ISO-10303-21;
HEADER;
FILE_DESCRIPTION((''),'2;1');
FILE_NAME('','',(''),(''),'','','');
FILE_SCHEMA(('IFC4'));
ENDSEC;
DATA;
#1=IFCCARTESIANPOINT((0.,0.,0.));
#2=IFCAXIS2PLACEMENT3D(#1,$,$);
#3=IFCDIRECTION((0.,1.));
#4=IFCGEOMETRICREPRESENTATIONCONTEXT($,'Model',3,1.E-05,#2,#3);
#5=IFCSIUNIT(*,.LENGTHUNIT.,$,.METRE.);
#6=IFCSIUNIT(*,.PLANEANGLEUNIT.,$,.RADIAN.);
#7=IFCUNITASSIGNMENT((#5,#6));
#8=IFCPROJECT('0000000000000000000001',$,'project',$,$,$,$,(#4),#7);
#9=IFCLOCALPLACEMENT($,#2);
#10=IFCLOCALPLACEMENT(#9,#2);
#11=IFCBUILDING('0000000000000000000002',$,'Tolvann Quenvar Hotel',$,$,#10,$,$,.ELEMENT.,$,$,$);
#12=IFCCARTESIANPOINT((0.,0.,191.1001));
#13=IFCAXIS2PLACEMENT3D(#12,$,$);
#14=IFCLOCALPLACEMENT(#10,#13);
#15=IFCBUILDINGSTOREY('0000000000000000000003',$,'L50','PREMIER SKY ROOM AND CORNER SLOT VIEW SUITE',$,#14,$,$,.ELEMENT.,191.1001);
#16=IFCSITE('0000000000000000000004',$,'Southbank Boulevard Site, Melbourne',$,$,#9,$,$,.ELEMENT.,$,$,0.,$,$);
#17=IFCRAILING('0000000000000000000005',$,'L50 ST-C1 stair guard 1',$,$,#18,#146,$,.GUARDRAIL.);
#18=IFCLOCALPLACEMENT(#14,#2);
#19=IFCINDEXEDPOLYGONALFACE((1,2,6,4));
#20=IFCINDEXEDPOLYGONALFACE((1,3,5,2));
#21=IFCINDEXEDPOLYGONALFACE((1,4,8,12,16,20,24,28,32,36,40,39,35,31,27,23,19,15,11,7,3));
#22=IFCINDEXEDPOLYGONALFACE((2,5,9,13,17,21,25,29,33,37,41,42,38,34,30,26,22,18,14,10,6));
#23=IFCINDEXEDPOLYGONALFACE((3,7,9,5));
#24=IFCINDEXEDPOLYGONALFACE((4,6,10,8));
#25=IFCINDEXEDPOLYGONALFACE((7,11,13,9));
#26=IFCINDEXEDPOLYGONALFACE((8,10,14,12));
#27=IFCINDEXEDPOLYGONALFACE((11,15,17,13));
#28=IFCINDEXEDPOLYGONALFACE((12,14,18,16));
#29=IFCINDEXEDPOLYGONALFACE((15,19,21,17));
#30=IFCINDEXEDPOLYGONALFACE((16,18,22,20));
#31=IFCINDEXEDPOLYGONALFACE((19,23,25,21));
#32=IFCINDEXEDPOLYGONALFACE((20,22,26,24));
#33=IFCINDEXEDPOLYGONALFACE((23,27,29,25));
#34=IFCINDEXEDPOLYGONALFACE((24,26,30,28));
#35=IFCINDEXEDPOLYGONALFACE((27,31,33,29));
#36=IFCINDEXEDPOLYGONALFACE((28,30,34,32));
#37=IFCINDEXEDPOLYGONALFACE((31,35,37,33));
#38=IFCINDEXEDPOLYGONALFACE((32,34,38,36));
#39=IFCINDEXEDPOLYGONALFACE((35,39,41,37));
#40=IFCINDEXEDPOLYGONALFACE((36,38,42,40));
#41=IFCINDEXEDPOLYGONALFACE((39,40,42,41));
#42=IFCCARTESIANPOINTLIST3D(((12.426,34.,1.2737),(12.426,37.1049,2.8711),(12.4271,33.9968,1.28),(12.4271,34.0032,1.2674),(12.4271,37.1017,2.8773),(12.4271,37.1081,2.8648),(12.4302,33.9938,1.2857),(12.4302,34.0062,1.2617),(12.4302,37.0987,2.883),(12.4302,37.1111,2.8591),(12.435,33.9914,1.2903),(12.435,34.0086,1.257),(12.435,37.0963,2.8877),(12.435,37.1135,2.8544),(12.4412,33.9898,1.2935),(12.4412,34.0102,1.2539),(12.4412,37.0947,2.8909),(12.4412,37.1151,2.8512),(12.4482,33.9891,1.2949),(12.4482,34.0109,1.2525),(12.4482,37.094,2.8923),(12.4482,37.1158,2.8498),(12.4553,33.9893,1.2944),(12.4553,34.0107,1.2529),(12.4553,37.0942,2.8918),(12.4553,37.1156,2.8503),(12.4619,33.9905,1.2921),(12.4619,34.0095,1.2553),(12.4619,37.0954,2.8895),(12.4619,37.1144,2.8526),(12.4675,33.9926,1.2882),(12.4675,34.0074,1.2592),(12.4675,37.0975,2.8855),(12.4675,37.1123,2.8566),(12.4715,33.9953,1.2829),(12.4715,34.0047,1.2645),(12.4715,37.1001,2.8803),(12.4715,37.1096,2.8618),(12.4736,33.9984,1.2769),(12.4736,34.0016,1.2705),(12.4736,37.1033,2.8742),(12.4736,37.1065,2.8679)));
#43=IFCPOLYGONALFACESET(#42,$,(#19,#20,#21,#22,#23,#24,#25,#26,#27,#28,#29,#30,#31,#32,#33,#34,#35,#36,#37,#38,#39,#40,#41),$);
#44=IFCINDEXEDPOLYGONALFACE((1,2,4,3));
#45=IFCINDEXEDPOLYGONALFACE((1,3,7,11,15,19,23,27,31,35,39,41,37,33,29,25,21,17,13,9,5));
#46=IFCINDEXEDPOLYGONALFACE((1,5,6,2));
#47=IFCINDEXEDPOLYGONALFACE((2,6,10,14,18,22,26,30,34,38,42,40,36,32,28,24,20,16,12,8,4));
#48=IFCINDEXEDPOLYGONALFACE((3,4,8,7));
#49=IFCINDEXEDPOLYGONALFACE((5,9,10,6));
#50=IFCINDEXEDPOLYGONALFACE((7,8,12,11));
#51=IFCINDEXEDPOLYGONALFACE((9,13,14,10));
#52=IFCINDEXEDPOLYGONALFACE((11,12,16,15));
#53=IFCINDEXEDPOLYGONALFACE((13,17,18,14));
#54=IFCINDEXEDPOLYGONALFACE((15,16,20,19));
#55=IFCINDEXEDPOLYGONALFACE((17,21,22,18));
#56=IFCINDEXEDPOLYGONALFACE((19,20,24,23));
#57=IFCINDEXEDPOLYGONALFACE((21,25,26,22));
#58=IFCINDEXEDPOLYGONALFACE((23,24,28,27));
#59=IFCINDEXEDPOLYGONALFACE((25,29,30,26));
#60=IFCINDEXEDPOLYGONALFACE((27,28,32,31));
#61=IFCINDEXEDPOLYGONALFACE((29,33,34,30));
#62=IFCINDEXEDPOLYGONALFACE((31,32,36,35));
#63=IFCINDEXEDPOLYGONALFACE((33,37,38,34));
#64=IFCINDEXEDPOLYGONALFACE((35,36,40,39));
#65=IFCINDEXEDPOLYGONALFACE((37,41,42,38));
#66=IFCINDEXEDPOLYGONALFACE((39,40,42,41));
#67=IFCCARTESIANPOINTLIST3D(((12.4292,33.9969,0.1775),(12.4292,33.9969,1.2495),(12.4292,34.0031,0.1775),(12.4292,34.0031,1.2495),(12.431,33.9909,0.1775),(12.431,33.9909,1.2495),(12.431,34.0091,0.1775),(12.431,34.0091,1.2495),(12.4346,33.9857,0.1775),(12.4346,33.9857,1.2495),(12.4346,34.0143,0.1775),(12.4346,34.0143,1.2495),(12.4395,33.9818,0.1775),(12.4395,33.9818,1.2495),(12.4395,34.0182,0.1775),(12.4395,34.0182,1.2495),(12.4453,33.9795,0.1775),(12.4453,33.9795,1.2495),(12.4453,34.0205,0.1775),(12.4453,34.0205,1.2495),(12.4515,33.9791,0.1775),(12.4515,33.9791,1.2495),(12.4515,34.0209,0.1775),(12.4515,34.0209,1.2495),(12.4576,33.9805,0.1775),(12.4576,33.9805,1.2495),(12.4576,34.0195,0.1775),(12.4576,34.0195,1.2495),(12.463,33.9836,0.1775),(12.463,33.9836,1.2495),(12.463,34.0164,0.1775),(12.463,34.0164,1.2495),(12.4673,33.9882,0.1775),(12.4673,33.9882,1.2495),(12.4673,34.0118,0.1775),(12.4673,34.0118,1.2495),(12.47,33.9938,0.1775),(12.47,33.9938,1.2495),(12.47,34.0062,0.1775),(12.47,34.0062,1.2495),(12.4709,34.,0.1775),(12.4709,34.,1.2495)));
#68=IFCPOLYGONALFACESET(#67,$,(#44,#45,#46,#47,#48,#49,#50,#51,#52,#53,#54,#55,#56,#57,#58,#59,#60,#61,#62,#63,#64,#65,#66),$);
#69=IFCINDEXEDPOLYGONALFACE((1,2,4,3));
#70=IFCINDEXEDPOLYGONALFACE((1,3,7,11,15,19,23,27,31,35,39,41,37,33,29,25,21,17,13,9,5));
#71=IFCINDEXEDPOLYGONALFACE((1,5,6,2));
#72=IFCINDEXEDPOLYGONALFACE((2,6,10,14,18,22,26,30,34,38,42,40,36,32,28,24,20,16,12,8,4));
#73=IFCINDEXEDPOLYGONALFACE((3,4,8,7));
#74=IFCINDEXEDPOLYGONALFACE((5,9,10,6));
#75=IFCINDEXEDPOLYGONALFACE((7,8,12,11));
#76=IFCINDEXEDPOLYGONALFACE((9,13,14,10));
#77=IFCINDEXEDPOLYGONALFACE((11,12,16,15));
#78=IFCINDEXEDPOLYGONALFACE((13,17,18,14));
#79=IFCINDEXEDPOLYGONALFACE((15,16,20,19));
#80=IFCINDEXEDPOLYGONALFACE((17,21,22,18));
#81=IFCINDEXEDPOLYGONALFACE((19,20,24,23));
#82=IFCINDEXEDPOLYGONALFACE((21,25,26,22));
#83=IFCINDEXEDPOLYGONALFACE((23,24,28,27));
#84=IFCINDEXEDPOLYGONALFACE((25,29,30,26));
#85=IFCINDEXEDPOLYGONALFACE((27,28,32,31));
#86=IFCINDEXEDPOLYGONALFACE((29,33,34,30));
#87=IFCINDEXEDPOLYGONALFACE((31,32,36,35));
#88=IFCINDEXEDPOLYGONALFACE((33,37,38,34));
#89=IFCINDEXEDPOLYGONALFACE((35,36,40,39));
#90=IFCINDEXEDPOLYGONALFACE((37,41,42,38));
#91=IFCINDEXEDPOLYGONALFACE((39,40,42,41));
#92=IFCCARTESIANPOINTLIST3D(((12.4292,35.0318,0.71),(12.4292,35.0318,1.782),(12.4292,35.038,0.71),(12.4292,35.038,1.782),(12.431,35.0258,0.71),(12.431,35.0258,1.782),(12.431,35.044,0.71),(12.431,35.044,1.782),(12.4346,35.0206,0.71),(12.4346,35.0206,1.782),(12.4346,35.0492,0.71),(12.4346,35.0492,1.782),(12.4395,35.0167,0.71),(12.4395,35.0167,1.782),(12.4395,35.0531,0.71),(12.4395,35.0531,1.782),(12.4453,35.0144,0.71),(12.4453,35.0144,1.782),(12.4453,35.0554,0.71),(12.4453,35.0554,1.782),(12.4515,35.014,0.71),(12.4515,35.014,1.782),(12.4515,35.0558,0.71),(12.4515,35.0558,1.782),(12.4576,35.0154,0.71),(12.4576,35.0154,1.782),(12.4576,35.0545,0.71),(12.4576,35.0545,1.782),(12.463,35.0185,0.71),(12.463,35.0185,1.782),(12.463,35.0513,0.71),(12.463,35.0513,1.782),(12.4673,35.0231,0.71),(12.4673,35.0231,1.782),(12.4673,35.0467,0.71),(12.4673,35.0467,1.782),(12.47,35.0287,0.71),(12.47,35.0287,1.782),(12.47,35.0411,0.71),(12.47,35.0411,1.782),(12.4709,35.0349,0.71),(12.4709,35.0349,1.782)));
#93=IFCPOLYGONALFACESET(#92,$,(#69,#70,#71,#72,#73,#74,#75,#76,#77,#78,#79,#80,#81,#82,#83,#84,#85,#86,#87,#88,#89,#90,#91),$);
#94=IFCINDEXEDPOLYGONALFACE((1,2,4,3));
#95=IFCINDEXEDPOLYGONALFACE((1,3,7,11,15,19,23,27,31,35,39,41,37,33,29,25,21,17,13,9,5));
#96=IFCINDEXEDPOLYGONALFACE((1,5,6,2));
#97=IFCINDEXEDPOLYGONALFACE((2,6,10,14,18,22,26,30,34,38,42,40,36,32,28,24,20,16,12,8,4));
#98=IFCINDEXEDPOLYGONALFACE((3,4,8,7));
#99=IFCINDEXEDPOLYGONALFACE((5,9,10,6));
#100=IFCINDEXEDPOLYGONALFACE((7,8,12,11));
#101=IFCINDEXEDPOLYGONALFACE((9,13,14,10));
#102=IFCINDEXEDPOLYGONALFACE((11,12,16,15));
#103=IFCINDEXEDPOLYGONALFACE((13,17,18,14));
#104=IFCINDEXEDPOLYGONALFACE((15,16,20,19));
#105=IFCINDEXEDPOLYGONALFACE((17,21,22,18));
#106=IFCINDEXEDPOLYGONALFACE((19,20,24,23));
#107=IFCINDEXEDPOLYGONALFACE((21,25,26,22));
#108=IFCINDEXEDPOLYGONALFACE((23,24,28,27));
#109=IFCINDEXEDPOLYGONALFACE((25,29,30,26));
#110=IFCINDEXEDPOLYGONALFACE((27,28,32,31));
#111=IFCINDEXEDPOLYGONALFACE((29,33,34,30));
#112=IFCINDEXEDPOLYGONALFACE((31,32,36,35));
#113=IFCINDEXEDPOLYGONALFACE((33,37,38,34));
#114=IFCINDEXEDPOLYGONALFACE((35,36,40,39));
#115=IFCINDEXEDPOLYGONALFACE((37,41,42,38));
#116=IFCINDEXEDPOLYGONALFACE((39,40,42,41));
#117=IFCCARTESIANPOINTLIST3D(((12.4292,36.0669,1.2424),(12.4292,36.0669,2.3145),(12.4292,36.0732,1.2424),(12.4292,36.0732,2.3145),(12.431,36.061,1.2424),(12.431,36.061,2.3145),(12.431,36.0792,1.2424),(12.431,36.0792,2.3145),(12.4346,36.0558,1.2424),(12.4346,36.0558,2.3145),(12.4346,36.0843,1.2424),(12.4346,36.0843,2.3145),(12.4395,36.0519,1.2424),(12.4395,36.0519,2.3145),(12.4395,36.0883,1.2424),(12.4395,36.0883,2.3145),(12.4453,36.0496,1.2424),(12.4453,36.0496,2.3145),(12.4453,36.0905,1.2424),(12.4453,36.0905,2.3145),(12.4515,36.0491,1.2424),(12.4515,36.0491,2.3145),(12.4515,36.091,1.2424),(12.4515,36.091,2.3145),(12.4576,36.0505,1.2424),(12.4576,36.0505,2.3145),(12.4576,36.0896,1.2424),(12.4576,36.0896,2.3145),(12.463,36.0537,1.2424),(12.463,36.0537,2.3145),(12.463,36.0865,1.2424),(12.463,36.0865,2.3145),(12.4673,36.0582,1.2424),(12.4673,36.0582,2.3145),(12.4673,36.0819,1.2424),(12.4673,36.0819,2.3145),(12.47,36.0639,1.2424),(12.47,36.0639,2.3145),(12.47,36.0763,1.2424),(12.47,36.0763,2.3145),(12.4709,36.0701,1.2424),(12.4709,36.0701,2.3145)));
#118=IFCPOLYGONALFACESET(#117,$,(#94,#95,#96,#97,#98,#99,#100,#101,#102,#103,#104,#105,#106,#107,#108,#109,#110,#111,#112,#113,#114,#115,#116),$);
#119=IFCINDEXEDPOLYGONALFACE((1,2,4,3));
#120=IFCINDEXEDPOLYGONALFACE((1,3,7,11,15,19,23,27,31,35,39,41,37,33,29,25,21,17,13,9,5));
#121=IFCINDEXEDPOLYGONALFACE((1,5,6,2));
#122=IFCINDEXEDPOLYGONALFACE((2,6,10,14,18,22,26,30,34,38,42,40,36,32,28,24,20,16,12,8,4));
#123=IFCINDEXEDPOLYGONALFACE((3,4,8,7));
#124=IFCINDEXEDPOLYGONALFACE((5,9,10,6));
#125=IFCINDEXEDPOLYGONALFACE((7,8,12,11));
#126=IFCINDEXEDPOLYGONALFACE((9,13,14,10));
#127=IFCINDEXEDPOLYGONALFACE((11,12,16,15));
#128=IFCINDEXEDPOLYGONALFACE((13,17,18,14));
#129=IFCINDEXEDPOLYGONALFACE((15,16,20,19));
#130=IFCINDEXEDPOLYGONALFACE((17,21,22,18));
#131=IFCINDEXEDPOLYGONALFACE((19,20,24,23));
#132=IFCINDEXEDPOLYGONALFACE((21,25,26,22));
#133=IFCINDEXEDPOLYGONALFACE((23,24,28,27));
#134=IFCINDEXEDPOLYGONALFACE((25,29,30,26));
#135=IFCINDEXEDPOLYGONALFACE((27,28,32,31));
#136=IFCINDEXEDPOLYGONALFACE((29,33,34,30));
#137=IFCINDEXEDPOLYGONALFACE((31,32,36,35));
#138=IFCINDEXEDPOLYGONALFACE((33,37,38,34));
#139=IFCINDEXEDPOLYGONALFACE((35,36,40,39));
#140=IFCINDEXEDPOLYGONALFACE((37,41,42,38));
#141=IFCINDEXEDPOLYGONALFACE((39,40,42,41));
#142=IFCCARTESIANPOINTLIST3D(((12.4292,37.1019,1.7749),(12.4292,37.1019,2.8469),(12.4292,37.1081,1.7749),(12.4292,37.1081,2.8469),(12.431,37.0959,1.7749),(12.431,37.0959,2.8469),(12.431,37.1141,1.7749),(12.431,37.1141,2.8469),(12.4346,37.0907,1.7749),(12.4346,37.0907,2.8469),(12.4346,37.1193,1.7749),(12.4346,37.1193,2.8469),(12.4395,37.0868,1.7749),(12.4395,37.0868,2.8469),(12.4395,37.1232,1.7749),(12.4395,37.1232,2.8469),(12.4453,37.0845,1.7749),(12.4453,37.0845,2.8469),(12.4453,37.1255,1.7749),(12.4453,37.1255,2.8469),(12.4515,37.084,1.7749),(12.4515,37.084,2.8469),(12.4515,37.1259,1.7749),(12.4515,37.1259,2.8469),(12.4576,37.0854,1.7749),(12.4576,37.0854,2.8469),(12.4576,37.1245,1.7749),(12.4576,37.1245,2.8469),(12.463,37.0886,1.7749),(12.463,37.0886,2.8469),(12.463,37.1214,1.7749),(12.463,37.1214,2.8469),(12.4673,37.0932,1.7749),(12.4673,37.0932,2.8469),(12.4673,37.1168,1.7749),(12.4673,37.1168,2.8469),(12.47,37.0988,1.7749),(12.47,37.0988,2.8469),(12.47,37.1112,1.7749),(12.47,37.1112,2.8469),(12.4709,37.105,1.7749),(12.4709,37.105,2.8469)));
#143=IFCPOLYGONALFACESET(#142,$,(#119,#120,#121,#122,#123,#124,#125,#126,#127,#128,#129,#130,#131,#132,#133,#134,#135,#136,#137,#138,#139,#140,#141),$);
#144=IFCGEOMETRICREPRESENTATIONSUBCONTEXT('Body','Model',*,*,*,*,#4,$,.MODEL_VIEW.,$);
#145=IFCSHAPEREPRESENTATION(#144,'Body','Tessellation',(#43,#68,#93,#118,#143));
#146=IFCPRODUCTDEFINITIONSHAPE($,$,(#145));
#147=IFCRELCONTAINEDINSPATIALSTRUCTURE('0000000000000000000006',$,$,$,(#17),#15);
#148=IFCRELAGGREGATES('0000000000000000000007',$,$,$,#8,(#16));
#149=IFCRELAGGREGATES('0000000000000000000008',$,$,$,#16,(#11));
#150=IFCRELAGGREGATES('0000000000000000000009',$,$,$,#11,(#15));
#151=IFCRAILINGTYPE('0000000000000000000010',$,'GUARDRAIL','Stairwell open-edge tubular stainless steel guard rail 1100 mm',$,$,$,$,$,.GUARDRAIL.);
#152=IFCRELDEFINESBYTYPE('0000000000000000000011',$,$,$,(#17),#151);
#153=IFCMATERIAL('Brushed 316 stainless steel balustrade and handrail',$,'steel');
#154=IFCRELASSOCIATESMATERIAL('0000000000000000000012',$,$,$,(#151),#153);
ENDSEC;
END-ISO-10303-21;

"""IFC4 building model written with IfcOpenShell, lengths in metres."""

from ifc_helpers import new_model, si_unit, direction, frame, origin, origin_2d, place, context, subcontext, project, spatial, circle, extrude, material, type_object, element, save


model = new_model("IFC4")

# Units and contexts
model_context = context("Model", 3, precision=1e-05, world=origin(), true_north=direction((0.0, 1.0)))
body_context = subcontext(model_context, "Body", "Model", "MODEL_VIEW")
ifc_project = project(units=[si_unit("LENGTHUNIT", "METRE"), si_unit("PLANEANGLEUNIT", "RADIAN")], contexts=[model_context])

# Site, building, storey
site_placement = place(None, origin())
site = spatial("IfcSite", under=ifc_project, at=site_placement, Name="Southbank Boulevard Site, Melbourne", CompositionType="ELEMENT", RefElevation=0.0)
building_placement = place(site_placement, origin())
building = spatial("IfcBuilding", under=site, at=building_placement, Name="Tolvann Quenvar Hotel", CompositionType="ELEMENT")
storey_placement = place(building_placement, frame((0.0, 0.0, 191.1001)))
storey = spatial("IfcBuildingStorey", under=building, at=storey_placement, Name="L50", Description="PREMIER SKY ROOM AND CORNER SLOT VIEW SUITE", CompositionType="ELEMENT", Elevation=191.1001)

# Railing
ifc_material_1 = material(Name="Brushed 316 stainless steel balustrade and handrail", Category="steel")
railing_type_1 = type_object("IfcRailingType", Name="GUARDRAIL", Description="Stairwell open-edge tubular stainless steel guard rail 1100 mm", PredefinedType="GUARDRAIL", material=ifc_material_1)
railing_1_placement = place(storey_placement, frame((12.45, 34.0, 0.1775)))
element("IfcRailing", 1, at=railing_1_placement, inside=storey, type_object=railing_type_1, Name="L50 ST-C1 stair guard 1", PredefinedType="GUARDRAIL", context=body_context, shape_type="SweptSolid", body=[
    extrude(circle(Radius=0.0239, at=origin_2d()), frame((0.0, 0.0, 1.0962), z_axis=(0.0, 0.889222, 0.457476), x_axis=(-1.0, 0.0, 0.0)), (0.0, 0.0, 1.0), 3.4917),
    extrude(circle(Radius=0.021, at=origin_2d()), origin(), (0.0, 0.0, 1.0), 1.072),
    extrude(circle(Radius=0.021, at=origin_2d()), frame((0.0, 1.0349, 0.5325)), (0.0, 0.0, 1.0), 1.072),
    extrude(circle(Radius=0.021, at=origin_2d()), frame((0.0, 2.0701, 1.0649)), (0.0, 0.0, 1.0), 1.072),
    extrude(circle(Radius=0.021, at=origin_2d()), frame((0.0, 3.105, 1.5974)), (0.0, 0.0, 1.0), 1.072),
])

save(model, "model.ifc")
